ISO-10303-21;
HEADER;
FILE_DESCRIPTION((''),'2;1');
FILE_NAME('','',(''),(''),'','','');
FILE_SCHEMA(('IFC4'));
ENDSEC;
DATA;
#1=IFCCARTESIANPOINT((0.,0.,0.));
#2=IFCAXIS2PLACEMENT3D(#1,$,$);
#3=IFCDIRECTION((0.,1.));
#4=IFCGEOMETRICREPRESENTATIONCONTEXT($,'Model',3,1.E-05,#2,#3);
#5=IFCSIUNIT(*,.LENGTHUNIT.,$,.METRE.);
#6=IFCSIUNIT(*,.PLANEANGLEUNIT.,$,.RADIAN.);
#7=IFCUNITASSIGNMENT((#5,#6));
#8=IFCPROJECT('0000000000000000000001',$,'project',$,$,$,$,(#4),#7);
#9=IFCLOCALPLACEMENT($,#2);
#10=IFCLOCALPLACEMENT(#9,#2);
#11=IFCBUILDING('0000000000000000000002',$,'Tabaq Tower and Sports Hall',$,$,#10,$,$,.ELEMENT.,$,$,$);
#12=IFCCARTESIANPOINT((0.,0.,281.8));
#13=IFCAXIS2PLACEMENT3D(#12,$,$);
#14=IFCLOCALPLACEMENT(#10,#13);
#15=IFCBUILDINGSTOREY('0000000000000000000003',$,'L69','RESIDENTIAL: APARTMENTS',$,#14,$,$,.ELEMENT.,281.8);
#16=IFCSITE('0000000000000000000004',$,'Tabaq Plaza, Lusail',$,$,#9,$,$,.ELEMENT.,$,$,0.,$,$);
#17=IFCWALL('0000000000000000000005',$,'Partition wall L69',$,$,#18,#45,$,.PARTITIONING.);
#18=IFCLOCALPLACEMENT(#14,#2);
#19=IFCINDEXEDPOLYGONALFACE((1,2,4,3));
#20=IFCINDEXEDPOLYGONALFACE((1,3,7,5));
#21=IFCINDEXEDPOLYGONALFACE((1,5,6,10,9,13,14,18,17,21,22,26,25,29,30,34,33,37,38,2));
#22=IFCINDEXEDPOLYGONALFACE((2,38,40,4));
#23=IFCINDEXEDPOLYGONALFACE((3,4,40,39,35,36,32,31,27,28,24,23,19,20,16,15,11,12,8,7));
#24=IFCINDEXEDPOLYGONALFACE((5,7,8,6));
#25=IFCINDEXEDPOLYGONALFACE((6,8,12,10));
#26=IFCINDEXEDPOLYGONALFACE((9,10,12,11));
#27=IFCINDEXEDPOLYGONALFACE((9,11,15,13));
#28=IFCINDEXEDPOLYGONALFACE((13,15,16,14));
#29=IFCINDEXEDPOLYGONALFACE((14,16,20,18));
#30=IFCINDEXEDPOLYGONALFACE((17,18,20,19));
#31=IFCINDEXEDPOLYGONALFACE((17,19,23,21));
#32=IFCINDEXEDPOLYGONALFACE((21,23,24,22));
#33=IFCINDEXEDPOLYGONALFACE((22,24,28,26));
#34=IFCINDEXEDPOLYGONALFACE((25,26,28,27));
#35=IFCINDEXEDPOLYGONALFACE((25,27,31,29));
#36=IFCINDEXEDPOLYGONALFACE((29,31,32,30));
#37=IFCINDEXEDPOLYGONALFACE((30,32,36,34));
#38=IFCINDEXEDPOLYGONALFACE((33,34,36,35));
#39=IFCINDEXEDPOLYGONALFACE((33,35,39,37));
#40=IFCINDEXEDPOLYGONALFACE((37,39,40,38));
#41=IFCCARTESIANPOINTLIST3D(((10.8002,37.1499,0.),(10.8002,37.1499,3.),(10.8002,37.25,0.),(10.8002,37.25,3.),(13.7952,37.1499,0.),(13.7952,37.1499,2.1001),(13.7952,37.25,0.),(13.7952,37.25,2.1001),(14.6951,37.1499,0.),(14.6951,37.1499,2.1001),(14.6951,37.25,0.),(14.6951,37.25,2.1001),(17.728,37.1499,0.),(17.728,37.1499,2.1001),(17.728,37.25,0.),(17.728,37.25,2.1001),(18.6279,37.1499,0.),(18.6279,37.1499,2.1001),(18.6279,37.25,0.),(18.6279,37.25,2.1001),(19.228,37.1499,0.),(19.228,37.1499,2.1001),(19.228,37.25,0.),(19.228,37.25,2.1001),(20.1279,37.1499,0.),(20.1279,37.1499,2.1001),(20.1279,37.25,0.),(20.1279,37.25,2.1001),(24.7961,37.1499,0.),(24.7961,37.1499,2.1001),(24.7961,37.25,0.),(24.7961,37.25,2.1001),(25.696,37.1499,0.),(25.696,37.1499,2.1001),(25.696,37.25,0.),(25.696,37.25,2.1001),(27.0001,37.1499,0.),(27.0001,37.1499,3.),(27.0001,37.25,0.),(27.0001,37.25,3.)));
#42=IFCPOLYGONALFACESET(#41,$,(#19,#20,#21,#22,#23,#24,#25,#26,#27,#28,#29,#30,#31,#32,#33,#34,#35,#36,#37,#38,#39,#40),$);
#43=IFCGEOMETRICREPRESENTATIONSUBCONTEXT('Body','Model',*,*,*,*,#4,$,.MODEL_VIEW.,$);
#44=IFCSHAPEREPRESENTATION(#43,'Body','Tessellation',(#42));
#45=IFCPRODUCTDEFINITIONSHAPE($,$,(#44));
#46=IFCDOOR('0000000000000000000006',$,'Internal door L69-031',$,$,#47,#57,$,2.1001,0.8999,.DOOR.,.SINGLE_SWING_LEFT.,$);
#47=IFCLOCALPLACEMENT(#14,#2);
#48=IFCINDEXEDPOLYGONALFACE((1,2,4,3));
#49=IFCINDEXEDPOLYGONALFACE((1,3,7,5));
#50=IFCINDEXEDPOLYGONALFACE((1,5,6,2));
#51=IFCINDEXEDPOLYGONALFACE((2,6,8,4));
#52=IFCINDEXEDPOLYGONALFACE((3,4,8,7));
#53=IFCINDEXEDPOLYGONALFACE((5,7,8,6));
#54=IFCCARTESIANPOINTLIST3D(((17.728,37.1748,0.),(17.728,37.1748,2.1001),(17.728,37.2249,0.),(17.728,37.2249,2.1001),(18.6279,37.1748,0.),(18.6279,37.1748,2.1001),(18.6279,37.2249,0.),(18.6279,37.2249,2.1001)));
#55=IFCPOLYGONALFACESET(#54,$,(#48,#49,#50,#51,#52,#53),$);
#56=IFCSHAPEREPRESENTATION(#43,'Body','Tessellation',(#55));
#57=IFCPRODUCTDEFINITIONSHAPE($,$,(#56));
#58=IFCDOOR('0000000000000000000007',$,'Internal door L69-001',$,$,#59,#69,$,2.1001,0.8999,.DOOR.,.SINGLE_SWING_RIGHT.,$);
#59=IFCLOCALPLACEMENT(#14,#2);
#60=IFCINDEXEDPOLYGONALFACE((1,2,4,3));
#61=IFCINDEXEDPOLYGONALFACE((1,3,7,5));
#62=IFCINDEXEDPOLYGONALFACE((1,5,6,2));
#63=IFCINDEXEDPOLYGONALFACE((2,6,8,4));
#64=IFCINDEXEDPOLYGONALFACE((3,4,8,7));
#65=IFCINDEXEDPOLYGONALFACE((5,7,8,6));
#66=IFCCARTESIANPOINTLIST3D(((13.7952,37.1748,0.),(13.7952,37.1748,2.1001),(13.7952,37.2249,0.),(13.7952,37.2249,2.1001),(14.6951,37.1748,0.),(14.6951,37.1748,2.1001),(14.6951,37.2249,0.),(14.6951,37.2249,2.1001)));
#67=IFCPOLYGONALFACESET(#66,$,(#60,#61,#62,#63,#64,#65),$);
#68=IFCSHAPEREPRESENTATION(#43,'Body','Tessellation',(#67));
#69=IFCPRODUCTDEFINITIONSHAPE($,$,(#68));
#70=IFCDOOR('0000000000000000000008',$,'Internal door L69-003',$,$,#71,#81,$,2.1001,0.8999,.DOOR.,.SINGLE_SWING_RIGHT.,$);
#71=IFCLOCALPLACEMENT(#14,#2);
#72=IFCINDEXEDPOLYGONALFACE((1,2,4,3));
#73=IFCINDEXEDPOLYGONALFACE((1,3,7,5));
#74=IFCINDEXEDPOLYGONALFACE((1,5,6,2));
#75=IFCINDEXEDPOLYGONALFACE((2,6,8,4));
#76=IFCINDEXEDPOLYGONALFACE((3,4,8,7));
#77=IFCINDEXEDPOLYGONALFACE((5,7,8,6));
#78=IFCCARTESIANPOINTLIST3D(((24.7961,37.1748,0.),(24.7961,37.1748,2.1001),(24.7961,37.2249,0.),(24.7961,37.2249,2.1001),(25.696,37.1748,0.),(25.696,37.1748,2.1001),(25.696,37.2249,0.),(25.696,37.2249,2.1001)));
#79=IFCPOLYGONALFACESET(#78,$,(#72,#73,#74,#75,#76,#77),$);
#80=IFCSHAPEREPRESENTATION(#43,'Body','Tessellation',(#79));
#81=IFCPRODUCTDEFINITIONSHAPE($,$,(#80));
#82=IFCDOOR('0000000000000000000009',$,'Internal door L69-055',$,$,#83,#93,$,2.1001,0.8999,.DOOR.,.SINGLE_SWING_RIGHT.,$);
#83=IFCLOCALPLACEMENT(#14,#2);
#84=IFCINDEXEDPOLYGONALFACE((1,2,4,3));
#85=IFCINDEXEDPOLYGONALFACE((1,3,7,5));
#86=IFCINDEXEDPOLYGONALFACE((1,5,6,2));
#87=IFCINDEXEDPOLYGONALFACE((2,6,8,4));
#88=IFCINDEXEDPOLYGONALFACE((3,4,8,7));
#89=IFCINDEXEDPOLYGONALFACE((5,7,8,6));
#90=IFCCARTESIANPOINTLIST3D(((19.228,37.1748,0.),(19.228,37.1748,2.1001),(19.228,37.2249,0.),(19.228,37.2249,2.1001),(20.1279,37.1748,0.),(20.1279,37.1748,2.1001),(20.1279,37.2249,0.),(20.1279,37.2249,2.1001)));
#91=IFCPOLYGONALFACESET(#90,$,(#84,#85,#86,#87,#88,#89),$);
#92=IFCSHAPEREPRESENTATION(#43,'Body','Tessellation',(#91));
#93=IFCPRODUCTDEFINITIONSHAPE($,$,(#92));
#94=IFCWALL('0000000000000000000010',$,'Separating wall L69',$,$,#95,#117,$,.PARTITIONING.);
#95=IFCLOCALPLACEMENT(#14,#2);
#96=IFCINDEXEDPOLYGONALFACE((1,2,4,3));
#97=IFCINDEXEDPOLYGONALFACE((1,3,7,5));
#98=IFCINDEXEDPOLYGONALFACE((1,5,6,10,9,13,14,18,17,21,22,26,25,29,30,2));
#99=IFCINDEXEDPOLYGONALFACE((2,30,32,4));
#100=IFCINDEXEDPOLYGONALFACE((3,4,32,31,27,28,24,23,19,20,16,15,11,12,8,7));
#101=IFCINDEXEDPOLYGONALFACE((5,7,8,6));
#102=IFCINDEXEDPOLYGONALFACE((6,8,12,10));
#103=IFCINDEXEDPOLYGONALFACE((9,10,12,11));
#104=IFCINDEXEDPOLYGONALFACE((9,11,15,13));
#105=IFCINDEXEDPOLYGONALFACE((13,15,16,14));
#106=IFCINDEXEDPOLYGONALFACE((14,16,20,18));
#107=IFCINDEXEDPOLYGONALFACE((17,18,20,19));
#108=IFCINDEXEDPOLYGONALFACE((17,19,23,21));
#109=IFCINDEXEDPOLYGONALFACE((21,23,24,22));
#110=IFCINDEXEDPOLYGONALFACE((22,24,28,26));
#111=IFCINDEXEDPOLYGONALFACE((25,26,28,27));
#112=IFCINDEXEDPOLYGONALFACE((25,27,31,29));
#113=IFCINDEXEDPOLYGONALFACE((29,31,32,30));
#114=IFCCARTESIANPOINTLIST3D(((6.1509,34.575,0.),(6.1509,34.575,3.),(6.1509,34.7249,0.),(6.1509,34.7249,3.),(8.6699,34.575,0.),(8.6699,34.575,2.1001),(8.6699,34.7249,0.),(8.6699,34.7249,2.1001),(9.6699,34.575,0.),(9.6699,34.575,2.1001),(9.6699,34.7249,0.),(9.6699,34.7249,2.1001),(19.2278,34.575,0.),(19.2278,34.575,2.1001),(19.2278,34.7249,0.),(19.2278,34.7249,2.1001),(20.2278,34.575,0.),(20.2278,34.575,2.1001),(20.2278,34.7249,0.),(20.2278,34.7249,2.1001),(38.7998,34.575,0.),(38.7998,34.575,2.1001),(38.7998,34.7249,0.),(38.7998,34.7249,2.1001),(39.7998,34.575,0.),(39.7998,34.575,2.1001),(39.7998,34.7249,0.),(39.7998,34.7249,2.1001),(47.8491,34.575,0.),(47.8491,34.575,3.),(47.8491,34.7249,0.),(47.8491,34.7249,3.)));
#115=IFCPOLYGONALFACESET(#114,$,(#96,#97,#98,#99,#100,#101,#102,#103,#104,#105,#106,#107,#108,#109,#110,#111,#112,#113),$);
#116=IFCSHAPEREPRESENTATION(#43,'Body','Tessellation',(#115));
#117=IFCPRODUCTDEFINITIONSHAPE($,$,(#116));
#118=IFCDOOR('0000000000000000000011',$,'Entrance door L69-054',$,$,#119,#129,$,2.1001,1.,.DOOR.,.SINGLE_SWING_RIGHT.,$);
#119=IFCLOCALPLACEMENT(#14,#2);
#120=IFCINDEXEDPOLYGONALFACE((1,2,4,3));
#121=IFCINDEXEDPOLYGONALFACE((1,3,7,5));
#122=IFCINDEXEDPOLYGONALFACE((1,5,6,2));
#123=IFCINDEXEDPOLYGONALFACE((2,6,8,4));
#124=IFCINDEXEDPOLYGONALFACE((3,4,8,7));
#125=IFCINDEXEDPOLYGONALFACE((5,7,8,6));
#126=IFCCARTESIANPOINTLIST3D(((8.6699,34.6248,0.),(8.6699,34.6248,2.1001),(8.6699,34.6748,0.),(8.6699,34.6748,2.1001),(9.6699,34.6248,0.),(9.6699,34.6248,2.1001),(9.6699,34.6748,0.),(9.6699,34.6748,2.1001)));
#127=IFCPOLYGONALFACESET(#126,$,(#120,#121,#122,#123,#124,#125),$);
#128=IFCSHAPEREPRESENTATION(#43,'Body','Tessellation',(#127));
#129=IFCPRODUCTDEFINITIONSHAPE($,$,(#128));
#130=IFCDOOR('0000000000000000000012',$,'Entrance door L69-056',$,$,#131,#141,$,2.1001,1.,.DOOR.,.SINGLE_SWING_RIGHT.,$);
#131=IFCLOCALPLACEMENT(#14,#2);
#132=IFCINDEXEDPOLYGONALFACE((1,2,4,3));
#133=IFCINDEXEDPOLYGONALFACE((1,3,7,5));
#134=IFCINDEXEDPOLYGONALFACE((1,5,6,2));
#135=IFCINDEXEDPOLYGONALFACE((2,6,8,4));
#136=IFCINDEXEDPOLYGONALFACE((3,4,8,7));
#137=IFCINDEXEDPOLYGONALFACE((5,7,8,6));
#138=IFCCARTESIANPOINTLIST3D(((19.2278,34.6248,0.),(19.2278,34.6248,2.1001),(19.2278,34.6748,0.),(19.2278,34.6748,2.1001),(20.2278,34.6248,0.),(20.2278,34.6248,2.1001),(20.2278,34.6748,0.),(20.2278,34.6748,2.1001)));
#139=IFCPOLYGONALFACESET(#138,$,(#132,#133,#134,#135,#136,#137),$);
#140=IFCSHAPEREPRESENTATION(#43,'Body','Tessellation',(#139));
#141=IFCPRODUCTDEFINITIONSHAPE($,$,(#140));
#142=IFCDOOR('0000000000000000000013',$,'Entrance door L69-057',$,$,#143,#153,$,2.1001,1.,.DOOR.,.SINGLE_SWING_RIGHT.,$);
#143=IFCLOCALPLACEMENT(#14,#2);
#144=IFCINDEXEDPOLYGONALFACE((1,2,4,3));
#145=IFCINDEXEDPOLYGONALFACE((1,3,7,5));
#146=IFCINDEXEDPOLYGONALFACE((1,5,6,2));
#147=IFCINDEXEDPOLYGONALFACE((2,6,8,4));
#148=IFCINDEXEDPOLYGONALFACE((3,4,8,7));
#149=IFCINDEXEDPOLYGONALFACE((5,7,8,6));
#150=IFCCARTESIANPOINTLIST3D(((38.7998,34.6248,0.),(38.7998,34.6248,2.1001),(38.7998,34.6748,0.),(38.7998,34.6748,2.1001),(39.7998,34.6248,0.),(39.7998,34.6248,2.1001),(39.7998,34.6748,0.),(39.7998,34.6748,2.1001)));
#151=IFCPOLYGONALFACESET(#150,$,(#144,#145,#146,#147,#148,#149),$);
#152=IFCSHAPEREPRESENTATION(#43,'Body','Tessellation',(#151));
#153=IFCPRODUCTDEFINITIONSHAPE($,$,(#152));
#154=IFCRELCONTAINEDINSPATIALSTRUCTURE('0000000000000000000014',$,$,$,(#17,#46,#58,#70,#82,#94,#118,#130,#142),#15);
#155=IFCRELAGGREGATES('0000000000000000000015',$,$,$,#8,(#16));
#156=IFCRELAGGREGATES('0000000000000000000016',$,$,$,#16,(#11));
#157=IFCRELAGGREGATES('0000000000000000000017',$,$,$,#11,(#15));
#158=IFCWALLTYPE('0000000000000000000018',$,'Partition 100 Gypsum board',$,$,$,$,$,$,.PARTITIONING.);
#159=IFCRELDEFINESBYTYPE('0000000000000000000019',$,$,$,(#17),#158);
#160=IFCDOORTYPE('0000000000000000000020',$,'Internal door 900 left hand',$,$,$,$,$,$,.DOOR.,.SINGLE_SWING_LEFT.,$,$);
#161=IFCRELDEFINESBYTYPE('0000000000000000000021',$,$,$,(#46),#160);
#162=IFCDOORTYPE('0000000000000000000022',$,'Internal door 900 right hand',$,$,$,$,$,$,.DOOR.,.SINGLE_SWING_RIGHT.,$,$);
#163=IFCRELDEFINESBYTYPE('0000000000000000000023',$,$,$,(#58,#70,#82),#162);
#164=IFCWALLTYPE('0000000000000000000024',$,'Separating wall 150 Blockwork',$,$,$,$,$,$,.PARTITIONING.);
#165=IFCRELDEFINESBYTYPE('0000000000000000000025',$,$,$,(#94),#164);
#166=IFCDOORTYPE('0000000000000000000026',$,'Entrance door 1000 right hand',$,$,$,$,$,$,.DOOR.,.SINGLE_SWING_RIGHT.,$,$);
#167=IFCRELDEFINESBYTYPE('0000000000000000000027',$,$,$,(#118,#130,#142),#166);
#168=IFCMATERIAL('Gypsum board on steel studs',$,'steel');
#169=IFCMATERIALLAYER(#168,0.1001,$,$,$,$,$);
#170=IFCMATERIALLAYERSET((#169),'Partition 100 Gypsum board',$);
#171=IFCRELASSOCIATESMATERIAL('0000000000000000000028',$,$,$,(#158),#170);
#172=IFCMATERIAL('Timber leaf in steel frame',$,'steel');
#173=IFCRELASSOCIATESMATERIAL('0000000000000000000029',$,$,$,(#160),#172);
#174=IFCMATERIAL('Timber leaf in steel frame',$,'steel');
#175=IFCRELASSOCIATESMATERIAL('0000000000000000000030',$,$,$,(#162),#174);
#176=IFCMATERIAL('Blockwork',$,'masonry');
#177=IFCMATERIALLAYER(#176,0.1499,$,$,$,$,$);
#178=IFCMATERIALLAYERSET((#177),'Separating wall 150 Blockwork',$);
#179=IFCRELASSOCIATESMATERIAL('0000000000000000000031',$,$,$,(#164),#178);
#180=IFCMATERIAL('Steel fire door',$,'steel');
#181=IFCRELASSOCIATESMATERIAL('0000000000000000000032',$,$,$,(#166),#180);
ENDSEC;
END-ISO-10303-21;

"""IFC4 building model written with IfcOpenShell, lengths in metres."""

from ifc_helpers import new_model, si_unit, direction, frame, frame_2d, origin, place, context, subcontext, project, spatial, rectangle, extrude, material, layer, layer_set, type_object, element, fill, save


model = new_model("IFC4")

# Units and contexts
model_context = context("Model", 3, precision=1e-05, world=origin(), true_north=direction((0.0, 1.0)))
body_context = subcontext(model_context, "Body", "Model", "MODEL_VIEW")
ifc_project = project(units=[si_unit("LENGTHUNIT", "METRE"), si_unit("PLANEANGLEUNIT", "RADIAN")], contexts=[model_context])

# Site, building, storey
site_placement = place(None, origin())
site = spatial("IfcSite", under=ifc_project, at=site_placement, Name="Tabaq Plaza, Lusail", CompositionType="ELEMENT", RefElevation=0.0)
building_placement = place(site_placement, origin())
building = spatial("IfcBuilding", under=site, at=building_placement, Name="Tabaq Tower and Sports Hall", CompositionType="ELEMENT")
storey_placement = place(building_placement, frame((0.0, 0.0, 281.8)))
storey = spatial("IfcBuildingStorey", under=building, at=storey_placement, Name="L69", Description="RESIDENTIAL: APARTMENTS", CompositionType="ELEMENT", Elevation=281.8)

# Shared definitions
ifc_material_1 = material(Name="Gypsum board on steel studs", Category="steel")
ifc_layer_1 = layer(ifc_material_1, 0.1001)
ifc_layer_set_1 = layer_set([ifc_layer_1], Name="Partition 100 Gypsum board")
wall_type_1 = type_object("IfcWallType", Name="Partition 100 Gypsum board", PredefinedType="PARTITIONING", material=ifc_layer_set_1)
ifc_material_2 = material(Name="Timber leaf in steel frame", Category="steel")
door_type_1 = type_object("IfcDoorType", Name="Internal door 900 left hand", OperationType="SINGLE_SWING_LEFT", PredefinedType="DOOR", material=ifc_material_2)
ifc_material_3 = material(Name="Timber leaf in steel frame", Category="steel")
door_type_2 = type_object("IfcDoorType", Name="Internal door 900 right hand", OperationType="SINGLE_SWING_RIGHT", PredefinedType="DOOR", material=ifc_material_3)

# Walls, openings, doors
wall_1_placement = place(storey_placement, frame((10.8, 37.2, 0.0), z_axis=(0.0, 0.0, 1.0), x_axis=(1.0, 0.0, 0.0)))
wall_1 = element("IfcWall", 1, at=wall_1_placement, inside=storey, type_object=wall_type_1, Name="Partition wall L69", PredefinedType="PARTITIONING", context=body_context, shape_type="SweptSolid", body=[
    extrude(rectangle(XDim=16.2, YDim=0.1001, at=frame_2d((8.1001, 0.0))), origin(), (0.0, 0.0, 1.0), 3.0),
])
opening_1_placement = place(wall_1_placement, frame((2.9951, 0.0, 0.0)))
opening_1 = element("IfcOpeningElement", 2, at=opening_1_placement, cuts=wall_1, PredefinedType="OPENING", context=body_context, shape_type="SweptSolid", body=[
    extrude(rectangle(XDim=0.8999, YDim=2.1001, at=frame_2d((0.45, 1.05))), frame((0.0, 0.05, 0.0), z_axis=(0.0, -1.0, 0.0), x_axis=(1.0, 0.0, 0.0)), (0.0, 0.0, 1.0), 0.1001),
])
opening_2_placement = place(wall_1_placement, frame((13.9961, 0.0, 0.0)))
opening_2 = element("IfcOpeningElement", 3, at=opening_2_placement, cuts=wall_1, PredefinedType="OPENING", context=body_context, shape_type="SweptSolid", body=[
    extrude(rectangle(XDim=0.8999, YDim=2.1001, at=frame_2d((0.45, 1.05))), frame((0.0, 0.05, 0.0), z_axis=(0.0, -1.0, 0.0), x_axis=(1.0, 0.0, 0.0)), (0.0, 0.0, 1.0), 0.1001),
])
opening_3_placement = place(wall_1_placement, frame((6.928, 0.0, 0.0)))
opening_3 = element("IfcOpeningElement", 4, at=opening_3_placement, cuts=wall_1, PredefinedType="OPENING", context=body_context, shape_type="SweptSolid", body=[
    extrude(rectangle(XDim=0.8999, YDim=2.1001, at=frame_2d((0.45, 1.05))), frame((0.0, 0.05, 0.0), z_axis=(0.0, -1.0, 0.0), x_axis=(1.0, 0.0, 0.0)), (0.0, 0.0, 1.0), 0.1001),
])
opening_4_placement = place(wall_1_placement, frame((8.428, 0.0, 0.0)))
opening_4 = element("IfcOpeningElement", 5, at=opening_4_placement, cuts=wall_1, PredefinedType="OPENING", context=body_context, shape_type="SweptSolid", body=[
    extrude(rectangle(XDim=0.8999, YDim=2.1001, at=frame_2d((0.45, 1.05))), frame((0.0, 0.05, 0.0), z_axis=(0.0, -1.0, 0.0), x_axis=(1.0, 0.0, 0.0)), (0.0, 0.0, 1.0), 0.1001),
])
door_1_placement = place(opening_3_placement, origin())
door_1 = element("IfcDoor", 6, at=door_1_placement, inside=storey, type_object=door_type_1, Name="Internal door L69-031", OperationType="SINGLE_SWING_LEFT", OverallHeight=2.1001, OverallWidth=0.8999, PredefinedType="DOOR", context=body_context, shape_type="SweptSolid", body=[
    extrude(rectangle(XDim=0.8999, YDim=2.1001, at=frame_2d((0.45, 1.05))), frame((0.0, 0.0249, 0.0), z_axis=(0.0, -1.0, 0.0), x_axis=(1.0, 0.0, 0.0)), (0.0, 0.0, 1.0), 0.05),
])
fill(opening_3, door_1)
door_2_placement = place(opening_1_placement, origin())
door_2 = element("IfcDoor", 7, at=door_2_placement, inside=storey, type_object=door_type_2, Name="Internal door L69-001", OperationType="SINGLE_SWING_RIGHT", OverallHeight=2.1001, OverallWidth=0.8999, PredefinedType="DOOR", context=body_context, shape_type="SweptSolid", body=[
    extrude(rectangle(XDim=0.8999, YDim=2.1001, at=frame_2d((0.45, 1.05))), frame((0.0, 0.0249, 0.0), z_axis=(0.0, -1.0, 0.0), x_axis=(1.0, 0.0, 0.0)), (0.0, 0.0, 1.0), 0.05),
])
fill(opening_1, door_2)
door_3_placement = place(opening_2_placement, origin())
door_3 = element("IfcDoor", 8, at=door_3_placement, inside=storey, type_object=door_type_2, Name="Internal door L69-003", OperationType="SINGLE_SWING_RIGHT", OverallHeight=2.1001, OverallWidth=0.8999, PredefinedType="DOOR", context=body_context, shape_type="SweptSolid", body=[
    extrude(rectangle(XDim=0.8999, YDim=2.1001, at=frame_2d((0.45, 1.05))), frame((0.0, 0.0249, 0.0), z_axis=(0.0, -1.0, 0.0), x_axis=(1.0, 0.0, 0.0)), (0.0, 0.0, 1.0), 0.05),
])
fill(opening_2, door_3)
door_4_placement = place(opening_4_placement, origin())
door_4 = element("IfcDoor", 9, at=door_4_placement, inside=storey, type_object=door_type_2, Name="Internal door L69-055", OperationType="SINGLE_SWING_RIGHT", OverallHeight=2.1001, OverallWidth=0.8999, PredefinedType="DOOR", context=body_context, shape_type="SweptSolid", body=[
    extrude(rectangle(XDim=0.8999, YDim=2.1001, at=frame_2d((0.45, 1.05))), frame((0.0, 0.0249, 0.0), z_axis=(0.0, -1.0, 0.0), x_axis=(1.0, 0.0, 0.0)), (0.0, 0.0, 1.0), 0.05),
])
fill(opening_4, door_4)
ifc_material_4 = material(Name="Blockwork", Category="masonry")
ifc_layer_2 = layer(ifc_material_4, 0.1499)
ifc_layer_set_2 = layer_set([ifc_layer_2], Name="Separating wall 150 Blockwork")
wall_type_2 = type_object("IfcWallType", Name="Separating wall 150 Blockwork", PredefinedType="PARTITIONING", material=ifc_layer_set_2)
wall_2_placement = place(storey_placement, frame((6.1509, 34.6499, 0.0), z_axis=(0.0, 0.0, 1.0), x_axis=(1.0, 0.0, 0.0)))
wall_2 = element("IfcWall", 10, at=wall_2_placement, inside=storey, type_object=wall_type_2, Name="Separating wall L69", PredefinedType="PARTITIONING", context=body_context, shape_type="SweptSolid", body=[
    extrude(rectangle(XDim=41.6982, YDim=0.1499, at=frame_2d((20.8491, 0.0))), origin(), (0.0, 0.0, 1.0), 3.0),
])
opening_5_placement = place(wall_2_placement, frame((2.519, 0.0, 0.0)))
opening_5 = element("IfcOpeningElement", 11, at=opening_5_placement, cuts=wall_2, PredefinedType="OPENING", context=body_context, shape_type="SweptSolid", body=[
    extrude(rectangle(XDim=1.0, YDim=2.1001, at=frame_2d((0.5, 1.05))), frame((0.0, 0.075, 0.0), z_axis=(0.0, -1.0, 0.0), x_axis=(1.0, 0.0, 0.0)), (0.0, 0.0, 1.0), 0.1499),
])
opening_6_placement = place(wall_2_placement, frame((13.0769, 0.0, 0.0)))
opening_6 = element("IfcOpeningElement", 12, at=opening_6_placement, cuts=wall_2, PredefinedType="OPENING", context=body_context, shape_type="SweptSolid", body=[
    extrude(rectangle(XDim=1.0, YDim=2.1001, at=frame_2d((0.5, 1.05))), frame((0.0, 0.075, 0.0), z_axis=(0.0, -1.0, 0.0), x_axis=(1.0, 0.0, 0.0)), (0.0, 0.0, 1.0), 0.1499),
])
opening_7_placement = place(wall_2_placement, frame((32.6489, 0.0, 0.0)))
opening_7 = element("IfcOpeningElement", 13, at=opening_7_placement, cuts=wall_2, PredefinedType="OPENING", context=body_context, shape_type="SweptSolid", body=[
    extrude(rectangle(XDim=1.0, YDim=2.1001, at=frame_2d((0.5, 1.05))), frame((0.0, 0.075, 0.0), z_axis=(0.0, -1.0, 0.0), x_axis=(1.0, 0.0, 0.0)), (0.0, 0.0, 1.0), 0.1499),
])
ifc_material_5 = material(Name="Steel fire door", Category="steel")
door_type_3 = type_object("IfcDoorType", Name="Entrance door 1000 right hand", OperationType="SINGLE_SWING_RIGHT", PredefinedType="DOOR", material=ifc_material_5)
door_5_placement = place(opening_5_placement, origin())
door_5 = element("IfcDoor", 14, at=door_5_placement, inside=storey, type_object=door_type_3, Name="Entrance door L69-054", OperationType="SINGLE_SWING_RIGHT", OverallHeight=2.1001, OverallWidth=1.0, PredefinedType="DOOR", context=body_context, shape_type="SweptSolid", body=[
    extrude(rectangle(XDim=1.0, YDim=2.1001, at=frame_2d((0.5, 1.05))), frame((0.0, 0.0249, 0.0), z_axis=(0.0, -1.0, 0.0), x_axis=(1.0, 0.0, 0.0)), (0.0, 0.0, 1.0), 0.05),
])
fill(opening_5, door_5)
door_6_placement = place(opening_6_placement, origin())
door_6 = element("IfcDoor", 15, at=door_6_placement, inside=storey, type_object=door_type_3, Name="Entrance door L69-056", OperationType="SINGLE_SWING_RIGHT", OverallHeight=2.1001, OverallWidth=1.0, PredefinedType="DOOR", context=body_context, shape_type="SweptSolid", body=[
    extrude(rectangle(XDim=1.0, YDim=2.1001, at=frame_2d((0.5, 1.05))), frame((0.0, 0.0249, 0.0), z_axis=(0.0, -1.0, 0.0), x_axis=(1.0, 0.0, 0.0)), (0.0, 0.0, 1.0), 0.05),
])
fill(opening_6, door_6)
door_7_placement = place(opening_7_placement, origin())
door_7 = element("IfcDoor", 16, at=door_7_placement, inside=storey, type_object=door_type_3, Name="Entrance door L69-057", OperationType="SINGLE_SWING_RIGHT", OverallHeight=2.1001, OverallWidth=1.0, PredefinedType="DOOR", context=body_context, shape_type="SweptSolid", body=[
    extrude(rectangle(XDim=1.0, YDim=2.1001, at=frame_2d((0.5, 1.05))), frame((0.0, 0.0249, 0.0), z_axis=(0.0, -1.0, 0.0), x_axis=(1.0, 0.0, 0.0)), (0.0, 0.0, 1.0), 0.05),
])
fill(opening_7, door_7)

save(model, "model.ifc")
